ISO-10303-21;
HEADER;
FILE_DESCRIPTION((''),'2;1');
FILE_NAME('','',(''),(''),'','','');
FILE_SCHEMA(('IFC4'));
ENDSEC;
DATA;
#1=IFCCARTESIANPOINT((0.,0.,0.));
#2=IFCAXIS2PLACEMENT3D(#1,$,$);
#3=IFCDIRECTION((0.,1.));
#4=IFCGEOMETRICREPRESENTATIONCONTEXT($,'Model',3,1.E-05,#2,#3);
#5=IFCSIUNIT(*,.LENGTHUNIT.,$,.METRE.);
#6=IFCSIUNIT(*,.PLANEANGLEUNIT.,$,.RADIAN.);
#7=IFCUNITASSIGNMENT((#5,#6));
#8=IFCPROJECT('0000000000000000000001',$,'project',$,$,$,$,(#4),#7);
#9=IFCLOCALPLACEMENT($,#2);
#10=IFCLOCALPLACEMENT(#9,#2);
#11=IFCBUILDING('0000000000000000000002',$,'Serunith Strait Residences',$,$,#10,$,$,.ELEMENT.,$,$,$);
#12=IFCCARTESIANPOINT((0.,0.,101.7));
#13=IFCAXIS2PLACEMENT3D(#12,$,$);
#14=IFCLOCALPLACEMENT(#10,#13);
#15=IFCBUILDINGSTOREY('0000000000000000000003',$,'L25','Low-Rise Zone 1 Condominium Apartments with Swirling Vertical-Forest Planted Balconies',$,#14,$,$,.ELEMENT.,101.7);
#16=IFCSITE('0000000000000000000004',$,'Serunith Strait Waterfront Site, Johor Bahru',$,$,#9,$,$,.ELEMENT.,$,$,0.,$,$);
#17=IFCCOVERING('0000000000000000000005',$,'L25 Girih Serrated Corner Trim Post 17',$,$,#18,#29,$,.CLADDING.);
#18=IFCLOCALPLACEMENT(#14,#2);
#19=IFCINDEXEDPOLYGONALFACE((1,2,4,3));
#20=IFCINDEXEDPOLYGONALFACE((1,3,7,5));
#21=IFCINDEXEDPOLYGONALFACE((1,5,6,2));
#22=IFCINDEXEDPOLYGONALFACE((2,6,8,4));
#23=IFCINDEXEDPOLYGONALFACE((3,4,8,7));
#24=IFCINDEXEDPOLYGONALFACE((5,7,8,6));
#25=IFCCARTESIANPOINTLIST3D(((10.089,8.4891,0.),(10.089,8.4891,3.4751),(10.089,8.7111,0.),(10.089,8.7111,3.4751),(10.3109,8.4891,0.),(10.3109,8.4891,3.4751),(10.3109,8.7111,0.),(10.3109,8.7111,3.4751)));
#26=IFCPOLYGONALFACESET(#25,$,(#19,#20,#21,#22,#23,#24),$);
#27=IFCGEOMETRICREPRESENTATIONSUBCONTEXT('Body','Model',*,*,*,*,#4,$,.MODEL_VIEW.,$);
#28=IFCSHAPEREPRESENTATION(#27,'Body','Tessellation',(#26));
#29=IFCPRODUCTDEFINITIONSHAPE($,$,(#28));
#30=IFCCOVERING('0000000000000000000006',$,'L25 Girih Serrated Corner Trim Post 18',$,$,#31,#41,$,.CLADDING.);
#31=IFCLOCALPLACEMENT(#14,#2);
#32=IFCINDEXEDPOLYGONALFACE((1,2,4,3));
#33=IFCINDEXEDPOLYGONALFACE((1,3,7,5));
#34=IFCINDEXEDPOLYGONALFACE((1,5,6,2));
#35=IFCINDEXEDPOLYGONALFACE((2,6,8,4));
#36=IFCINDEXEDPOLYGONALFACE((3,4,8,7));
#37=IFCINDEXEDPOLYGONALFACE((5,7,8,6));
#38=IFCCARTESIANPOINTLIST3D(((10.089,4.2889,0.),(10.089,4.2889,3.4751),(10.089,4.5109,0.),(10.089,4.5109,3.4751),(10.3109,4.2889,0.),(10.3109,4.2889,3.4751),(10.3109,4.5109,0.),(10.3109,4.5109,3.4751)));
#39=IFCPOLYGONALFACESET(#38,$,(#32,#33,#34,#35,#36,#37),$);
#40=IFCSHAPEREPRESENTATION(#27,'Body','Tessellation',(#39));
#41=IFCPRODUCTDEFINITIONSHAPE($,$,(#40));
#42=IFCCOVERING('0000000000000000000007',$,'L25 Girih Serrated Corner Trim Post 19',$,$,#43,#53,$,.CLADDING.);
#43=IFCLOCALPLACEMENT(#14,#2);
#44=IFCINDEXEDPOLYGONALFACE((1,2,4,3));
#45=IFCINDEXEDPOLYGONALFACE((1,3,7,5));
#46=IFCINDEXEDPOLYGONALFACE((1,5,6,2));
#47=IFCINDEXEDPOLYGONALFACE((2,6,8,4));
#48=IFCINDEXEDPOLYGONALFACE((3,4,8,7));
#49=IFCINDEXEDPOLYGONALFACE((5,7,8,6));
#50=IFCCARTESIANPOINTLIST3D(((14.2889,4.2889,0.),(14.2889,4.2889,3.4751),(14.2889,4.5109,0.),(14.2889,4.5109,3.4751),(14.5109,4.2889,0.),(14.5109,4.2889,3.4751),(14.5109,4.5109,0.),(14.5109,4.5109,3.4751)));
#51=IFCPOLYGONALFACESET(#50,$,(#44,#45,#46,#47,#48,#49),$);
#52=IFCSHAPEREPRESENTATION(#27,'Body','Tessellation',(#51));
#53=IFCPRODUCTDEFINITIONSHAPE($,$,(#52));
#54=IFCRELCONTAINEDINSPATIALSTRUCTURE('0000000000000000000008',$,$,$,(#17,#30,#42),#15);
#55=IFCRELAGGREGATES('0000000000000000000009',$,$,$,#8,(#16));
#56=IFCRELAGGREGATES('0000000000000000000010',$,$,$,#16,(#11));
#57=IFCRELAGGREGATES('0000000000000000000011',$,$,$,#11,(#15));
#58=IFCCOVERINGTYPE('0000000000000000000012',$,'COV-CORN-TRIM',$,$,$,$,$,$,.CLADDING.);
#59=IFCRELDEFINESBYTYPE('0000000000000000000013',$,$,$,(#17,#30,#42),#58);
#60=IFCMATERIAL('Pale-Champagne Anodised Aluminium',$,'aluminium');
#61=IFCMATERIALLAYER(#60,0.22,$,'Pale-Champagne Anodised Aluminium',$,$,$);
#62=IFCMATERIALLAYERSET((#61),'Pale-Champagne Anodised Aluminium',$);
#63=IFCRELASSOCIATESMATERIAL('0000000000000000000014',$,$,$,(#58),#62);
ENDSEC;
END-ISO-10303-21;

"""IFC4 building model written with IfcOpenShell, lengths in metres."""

from ifc_helpers import new_model, si_unit, direction, frame, origin, origin_2d, place, context, subcontext, project, spatial, rectangle, extrude, source, transform, mapped, material, layer, layer_set, type_object, element, save


model = new_model("IFC4")

# Units and contexts
model_context = context("Model", 3, precision=1e-05, world=origin(), true_north=direction((0.0, 1.0)))
body_context = subcontext(model_context, "Body", "Model", "MODEL_VIEW")
ifc_project = project(units=[si_unit("LENGTHUNIT", "METRE"), si_unit("PLANEANGLEUNIT", "RADIAN")], contexts=[model_context])

# Site, building, storey
site_placement = place(None, origin())
site = spatial("IfcSite", under=ifc_project, at=site_placement, Name="Serunith Strait Waterfront Site, Johor Bahru", CompositionType="ELEMENT", RefElevation=0.0)
building_placement = place(site_placement, origin())
building = spatial("IfcBuilding", under=site, at=building_placement, Name="Serunith Strait Residences", CompositionType="ELEMENT")
storey_placement = place(building_placement, frame((0.0, 0.0, 101.7)))
storey = spatial("IfcBuildingStorey", under=building, at=storey_placement, Name="L25", Description="Low-Rise Zone 1 Condominium Apartments with Swirling Vertical-Forest Planted Balconies", CompositionType="ELEMENT", Elevation=101.7)

# Shared definitions
ifc_material_1 = material(Name="Pale-Champagne Anodised Aluminium", Category="aluminium")

# Coverings
ifc_layer_1 = layer(ifc_material_1, 0.22, Name="Pale-Champagne Anodised Aluminium")
ifc_layer_set_1 = layer_set([ifc_layer_1], Name="Pale-Champagne Anodised Aluminium")
covering_type_1 = type_object("IfcCoveringType", Name="COV-CORN-TRIM", PredefinedType="CLADDING", material=ifc_layer_set_1)
shared_shape_1 = source(origin(), body_context, "Body", "SweptSolid", [
    extrude(rectangle(XDim=0.2219, YDim=0.2219, at=origin_2d()), origin(), (0.0, 0.0, 1.0), 3.4751),
])
for number, where, z_axis, x_axis, name in (
    (1, (10.2, 8.6001, 0.0), (0.0, 0.0, 1.0), (1.0, 0.0, 0.0), "L25 Girih Serrated Corner Trim Post 17"),
    (2, (10.2, 4.3999, 0.0), (0.0, 0.0, 1.0), (1.0, 0.0, 0.0), "L25 Girih Serrated Corner Trim Post 18"),
    (3, (14.3999, 4.3999, 0.0), (0.0, 0.0, 1.0), (1.0, 0.0, 0.0), "L25 Girih Serrated Corner Trim Post 19"),
):
    element("IfcCovering", number, at=place(storey_placement, frame(where, z_axis=z_axis, x_axis=x_axis)), inside=storey, type_object=covering_type_1, Name=name, PredefinedType="CLADDING", context=body_context, shape_type="MappedRepresentation", body=[
        mapped(shared_shape_1, transform((0.0, 0.0, 0.0), scale=1.0)),
    ])

save(model, "model.ifc")
